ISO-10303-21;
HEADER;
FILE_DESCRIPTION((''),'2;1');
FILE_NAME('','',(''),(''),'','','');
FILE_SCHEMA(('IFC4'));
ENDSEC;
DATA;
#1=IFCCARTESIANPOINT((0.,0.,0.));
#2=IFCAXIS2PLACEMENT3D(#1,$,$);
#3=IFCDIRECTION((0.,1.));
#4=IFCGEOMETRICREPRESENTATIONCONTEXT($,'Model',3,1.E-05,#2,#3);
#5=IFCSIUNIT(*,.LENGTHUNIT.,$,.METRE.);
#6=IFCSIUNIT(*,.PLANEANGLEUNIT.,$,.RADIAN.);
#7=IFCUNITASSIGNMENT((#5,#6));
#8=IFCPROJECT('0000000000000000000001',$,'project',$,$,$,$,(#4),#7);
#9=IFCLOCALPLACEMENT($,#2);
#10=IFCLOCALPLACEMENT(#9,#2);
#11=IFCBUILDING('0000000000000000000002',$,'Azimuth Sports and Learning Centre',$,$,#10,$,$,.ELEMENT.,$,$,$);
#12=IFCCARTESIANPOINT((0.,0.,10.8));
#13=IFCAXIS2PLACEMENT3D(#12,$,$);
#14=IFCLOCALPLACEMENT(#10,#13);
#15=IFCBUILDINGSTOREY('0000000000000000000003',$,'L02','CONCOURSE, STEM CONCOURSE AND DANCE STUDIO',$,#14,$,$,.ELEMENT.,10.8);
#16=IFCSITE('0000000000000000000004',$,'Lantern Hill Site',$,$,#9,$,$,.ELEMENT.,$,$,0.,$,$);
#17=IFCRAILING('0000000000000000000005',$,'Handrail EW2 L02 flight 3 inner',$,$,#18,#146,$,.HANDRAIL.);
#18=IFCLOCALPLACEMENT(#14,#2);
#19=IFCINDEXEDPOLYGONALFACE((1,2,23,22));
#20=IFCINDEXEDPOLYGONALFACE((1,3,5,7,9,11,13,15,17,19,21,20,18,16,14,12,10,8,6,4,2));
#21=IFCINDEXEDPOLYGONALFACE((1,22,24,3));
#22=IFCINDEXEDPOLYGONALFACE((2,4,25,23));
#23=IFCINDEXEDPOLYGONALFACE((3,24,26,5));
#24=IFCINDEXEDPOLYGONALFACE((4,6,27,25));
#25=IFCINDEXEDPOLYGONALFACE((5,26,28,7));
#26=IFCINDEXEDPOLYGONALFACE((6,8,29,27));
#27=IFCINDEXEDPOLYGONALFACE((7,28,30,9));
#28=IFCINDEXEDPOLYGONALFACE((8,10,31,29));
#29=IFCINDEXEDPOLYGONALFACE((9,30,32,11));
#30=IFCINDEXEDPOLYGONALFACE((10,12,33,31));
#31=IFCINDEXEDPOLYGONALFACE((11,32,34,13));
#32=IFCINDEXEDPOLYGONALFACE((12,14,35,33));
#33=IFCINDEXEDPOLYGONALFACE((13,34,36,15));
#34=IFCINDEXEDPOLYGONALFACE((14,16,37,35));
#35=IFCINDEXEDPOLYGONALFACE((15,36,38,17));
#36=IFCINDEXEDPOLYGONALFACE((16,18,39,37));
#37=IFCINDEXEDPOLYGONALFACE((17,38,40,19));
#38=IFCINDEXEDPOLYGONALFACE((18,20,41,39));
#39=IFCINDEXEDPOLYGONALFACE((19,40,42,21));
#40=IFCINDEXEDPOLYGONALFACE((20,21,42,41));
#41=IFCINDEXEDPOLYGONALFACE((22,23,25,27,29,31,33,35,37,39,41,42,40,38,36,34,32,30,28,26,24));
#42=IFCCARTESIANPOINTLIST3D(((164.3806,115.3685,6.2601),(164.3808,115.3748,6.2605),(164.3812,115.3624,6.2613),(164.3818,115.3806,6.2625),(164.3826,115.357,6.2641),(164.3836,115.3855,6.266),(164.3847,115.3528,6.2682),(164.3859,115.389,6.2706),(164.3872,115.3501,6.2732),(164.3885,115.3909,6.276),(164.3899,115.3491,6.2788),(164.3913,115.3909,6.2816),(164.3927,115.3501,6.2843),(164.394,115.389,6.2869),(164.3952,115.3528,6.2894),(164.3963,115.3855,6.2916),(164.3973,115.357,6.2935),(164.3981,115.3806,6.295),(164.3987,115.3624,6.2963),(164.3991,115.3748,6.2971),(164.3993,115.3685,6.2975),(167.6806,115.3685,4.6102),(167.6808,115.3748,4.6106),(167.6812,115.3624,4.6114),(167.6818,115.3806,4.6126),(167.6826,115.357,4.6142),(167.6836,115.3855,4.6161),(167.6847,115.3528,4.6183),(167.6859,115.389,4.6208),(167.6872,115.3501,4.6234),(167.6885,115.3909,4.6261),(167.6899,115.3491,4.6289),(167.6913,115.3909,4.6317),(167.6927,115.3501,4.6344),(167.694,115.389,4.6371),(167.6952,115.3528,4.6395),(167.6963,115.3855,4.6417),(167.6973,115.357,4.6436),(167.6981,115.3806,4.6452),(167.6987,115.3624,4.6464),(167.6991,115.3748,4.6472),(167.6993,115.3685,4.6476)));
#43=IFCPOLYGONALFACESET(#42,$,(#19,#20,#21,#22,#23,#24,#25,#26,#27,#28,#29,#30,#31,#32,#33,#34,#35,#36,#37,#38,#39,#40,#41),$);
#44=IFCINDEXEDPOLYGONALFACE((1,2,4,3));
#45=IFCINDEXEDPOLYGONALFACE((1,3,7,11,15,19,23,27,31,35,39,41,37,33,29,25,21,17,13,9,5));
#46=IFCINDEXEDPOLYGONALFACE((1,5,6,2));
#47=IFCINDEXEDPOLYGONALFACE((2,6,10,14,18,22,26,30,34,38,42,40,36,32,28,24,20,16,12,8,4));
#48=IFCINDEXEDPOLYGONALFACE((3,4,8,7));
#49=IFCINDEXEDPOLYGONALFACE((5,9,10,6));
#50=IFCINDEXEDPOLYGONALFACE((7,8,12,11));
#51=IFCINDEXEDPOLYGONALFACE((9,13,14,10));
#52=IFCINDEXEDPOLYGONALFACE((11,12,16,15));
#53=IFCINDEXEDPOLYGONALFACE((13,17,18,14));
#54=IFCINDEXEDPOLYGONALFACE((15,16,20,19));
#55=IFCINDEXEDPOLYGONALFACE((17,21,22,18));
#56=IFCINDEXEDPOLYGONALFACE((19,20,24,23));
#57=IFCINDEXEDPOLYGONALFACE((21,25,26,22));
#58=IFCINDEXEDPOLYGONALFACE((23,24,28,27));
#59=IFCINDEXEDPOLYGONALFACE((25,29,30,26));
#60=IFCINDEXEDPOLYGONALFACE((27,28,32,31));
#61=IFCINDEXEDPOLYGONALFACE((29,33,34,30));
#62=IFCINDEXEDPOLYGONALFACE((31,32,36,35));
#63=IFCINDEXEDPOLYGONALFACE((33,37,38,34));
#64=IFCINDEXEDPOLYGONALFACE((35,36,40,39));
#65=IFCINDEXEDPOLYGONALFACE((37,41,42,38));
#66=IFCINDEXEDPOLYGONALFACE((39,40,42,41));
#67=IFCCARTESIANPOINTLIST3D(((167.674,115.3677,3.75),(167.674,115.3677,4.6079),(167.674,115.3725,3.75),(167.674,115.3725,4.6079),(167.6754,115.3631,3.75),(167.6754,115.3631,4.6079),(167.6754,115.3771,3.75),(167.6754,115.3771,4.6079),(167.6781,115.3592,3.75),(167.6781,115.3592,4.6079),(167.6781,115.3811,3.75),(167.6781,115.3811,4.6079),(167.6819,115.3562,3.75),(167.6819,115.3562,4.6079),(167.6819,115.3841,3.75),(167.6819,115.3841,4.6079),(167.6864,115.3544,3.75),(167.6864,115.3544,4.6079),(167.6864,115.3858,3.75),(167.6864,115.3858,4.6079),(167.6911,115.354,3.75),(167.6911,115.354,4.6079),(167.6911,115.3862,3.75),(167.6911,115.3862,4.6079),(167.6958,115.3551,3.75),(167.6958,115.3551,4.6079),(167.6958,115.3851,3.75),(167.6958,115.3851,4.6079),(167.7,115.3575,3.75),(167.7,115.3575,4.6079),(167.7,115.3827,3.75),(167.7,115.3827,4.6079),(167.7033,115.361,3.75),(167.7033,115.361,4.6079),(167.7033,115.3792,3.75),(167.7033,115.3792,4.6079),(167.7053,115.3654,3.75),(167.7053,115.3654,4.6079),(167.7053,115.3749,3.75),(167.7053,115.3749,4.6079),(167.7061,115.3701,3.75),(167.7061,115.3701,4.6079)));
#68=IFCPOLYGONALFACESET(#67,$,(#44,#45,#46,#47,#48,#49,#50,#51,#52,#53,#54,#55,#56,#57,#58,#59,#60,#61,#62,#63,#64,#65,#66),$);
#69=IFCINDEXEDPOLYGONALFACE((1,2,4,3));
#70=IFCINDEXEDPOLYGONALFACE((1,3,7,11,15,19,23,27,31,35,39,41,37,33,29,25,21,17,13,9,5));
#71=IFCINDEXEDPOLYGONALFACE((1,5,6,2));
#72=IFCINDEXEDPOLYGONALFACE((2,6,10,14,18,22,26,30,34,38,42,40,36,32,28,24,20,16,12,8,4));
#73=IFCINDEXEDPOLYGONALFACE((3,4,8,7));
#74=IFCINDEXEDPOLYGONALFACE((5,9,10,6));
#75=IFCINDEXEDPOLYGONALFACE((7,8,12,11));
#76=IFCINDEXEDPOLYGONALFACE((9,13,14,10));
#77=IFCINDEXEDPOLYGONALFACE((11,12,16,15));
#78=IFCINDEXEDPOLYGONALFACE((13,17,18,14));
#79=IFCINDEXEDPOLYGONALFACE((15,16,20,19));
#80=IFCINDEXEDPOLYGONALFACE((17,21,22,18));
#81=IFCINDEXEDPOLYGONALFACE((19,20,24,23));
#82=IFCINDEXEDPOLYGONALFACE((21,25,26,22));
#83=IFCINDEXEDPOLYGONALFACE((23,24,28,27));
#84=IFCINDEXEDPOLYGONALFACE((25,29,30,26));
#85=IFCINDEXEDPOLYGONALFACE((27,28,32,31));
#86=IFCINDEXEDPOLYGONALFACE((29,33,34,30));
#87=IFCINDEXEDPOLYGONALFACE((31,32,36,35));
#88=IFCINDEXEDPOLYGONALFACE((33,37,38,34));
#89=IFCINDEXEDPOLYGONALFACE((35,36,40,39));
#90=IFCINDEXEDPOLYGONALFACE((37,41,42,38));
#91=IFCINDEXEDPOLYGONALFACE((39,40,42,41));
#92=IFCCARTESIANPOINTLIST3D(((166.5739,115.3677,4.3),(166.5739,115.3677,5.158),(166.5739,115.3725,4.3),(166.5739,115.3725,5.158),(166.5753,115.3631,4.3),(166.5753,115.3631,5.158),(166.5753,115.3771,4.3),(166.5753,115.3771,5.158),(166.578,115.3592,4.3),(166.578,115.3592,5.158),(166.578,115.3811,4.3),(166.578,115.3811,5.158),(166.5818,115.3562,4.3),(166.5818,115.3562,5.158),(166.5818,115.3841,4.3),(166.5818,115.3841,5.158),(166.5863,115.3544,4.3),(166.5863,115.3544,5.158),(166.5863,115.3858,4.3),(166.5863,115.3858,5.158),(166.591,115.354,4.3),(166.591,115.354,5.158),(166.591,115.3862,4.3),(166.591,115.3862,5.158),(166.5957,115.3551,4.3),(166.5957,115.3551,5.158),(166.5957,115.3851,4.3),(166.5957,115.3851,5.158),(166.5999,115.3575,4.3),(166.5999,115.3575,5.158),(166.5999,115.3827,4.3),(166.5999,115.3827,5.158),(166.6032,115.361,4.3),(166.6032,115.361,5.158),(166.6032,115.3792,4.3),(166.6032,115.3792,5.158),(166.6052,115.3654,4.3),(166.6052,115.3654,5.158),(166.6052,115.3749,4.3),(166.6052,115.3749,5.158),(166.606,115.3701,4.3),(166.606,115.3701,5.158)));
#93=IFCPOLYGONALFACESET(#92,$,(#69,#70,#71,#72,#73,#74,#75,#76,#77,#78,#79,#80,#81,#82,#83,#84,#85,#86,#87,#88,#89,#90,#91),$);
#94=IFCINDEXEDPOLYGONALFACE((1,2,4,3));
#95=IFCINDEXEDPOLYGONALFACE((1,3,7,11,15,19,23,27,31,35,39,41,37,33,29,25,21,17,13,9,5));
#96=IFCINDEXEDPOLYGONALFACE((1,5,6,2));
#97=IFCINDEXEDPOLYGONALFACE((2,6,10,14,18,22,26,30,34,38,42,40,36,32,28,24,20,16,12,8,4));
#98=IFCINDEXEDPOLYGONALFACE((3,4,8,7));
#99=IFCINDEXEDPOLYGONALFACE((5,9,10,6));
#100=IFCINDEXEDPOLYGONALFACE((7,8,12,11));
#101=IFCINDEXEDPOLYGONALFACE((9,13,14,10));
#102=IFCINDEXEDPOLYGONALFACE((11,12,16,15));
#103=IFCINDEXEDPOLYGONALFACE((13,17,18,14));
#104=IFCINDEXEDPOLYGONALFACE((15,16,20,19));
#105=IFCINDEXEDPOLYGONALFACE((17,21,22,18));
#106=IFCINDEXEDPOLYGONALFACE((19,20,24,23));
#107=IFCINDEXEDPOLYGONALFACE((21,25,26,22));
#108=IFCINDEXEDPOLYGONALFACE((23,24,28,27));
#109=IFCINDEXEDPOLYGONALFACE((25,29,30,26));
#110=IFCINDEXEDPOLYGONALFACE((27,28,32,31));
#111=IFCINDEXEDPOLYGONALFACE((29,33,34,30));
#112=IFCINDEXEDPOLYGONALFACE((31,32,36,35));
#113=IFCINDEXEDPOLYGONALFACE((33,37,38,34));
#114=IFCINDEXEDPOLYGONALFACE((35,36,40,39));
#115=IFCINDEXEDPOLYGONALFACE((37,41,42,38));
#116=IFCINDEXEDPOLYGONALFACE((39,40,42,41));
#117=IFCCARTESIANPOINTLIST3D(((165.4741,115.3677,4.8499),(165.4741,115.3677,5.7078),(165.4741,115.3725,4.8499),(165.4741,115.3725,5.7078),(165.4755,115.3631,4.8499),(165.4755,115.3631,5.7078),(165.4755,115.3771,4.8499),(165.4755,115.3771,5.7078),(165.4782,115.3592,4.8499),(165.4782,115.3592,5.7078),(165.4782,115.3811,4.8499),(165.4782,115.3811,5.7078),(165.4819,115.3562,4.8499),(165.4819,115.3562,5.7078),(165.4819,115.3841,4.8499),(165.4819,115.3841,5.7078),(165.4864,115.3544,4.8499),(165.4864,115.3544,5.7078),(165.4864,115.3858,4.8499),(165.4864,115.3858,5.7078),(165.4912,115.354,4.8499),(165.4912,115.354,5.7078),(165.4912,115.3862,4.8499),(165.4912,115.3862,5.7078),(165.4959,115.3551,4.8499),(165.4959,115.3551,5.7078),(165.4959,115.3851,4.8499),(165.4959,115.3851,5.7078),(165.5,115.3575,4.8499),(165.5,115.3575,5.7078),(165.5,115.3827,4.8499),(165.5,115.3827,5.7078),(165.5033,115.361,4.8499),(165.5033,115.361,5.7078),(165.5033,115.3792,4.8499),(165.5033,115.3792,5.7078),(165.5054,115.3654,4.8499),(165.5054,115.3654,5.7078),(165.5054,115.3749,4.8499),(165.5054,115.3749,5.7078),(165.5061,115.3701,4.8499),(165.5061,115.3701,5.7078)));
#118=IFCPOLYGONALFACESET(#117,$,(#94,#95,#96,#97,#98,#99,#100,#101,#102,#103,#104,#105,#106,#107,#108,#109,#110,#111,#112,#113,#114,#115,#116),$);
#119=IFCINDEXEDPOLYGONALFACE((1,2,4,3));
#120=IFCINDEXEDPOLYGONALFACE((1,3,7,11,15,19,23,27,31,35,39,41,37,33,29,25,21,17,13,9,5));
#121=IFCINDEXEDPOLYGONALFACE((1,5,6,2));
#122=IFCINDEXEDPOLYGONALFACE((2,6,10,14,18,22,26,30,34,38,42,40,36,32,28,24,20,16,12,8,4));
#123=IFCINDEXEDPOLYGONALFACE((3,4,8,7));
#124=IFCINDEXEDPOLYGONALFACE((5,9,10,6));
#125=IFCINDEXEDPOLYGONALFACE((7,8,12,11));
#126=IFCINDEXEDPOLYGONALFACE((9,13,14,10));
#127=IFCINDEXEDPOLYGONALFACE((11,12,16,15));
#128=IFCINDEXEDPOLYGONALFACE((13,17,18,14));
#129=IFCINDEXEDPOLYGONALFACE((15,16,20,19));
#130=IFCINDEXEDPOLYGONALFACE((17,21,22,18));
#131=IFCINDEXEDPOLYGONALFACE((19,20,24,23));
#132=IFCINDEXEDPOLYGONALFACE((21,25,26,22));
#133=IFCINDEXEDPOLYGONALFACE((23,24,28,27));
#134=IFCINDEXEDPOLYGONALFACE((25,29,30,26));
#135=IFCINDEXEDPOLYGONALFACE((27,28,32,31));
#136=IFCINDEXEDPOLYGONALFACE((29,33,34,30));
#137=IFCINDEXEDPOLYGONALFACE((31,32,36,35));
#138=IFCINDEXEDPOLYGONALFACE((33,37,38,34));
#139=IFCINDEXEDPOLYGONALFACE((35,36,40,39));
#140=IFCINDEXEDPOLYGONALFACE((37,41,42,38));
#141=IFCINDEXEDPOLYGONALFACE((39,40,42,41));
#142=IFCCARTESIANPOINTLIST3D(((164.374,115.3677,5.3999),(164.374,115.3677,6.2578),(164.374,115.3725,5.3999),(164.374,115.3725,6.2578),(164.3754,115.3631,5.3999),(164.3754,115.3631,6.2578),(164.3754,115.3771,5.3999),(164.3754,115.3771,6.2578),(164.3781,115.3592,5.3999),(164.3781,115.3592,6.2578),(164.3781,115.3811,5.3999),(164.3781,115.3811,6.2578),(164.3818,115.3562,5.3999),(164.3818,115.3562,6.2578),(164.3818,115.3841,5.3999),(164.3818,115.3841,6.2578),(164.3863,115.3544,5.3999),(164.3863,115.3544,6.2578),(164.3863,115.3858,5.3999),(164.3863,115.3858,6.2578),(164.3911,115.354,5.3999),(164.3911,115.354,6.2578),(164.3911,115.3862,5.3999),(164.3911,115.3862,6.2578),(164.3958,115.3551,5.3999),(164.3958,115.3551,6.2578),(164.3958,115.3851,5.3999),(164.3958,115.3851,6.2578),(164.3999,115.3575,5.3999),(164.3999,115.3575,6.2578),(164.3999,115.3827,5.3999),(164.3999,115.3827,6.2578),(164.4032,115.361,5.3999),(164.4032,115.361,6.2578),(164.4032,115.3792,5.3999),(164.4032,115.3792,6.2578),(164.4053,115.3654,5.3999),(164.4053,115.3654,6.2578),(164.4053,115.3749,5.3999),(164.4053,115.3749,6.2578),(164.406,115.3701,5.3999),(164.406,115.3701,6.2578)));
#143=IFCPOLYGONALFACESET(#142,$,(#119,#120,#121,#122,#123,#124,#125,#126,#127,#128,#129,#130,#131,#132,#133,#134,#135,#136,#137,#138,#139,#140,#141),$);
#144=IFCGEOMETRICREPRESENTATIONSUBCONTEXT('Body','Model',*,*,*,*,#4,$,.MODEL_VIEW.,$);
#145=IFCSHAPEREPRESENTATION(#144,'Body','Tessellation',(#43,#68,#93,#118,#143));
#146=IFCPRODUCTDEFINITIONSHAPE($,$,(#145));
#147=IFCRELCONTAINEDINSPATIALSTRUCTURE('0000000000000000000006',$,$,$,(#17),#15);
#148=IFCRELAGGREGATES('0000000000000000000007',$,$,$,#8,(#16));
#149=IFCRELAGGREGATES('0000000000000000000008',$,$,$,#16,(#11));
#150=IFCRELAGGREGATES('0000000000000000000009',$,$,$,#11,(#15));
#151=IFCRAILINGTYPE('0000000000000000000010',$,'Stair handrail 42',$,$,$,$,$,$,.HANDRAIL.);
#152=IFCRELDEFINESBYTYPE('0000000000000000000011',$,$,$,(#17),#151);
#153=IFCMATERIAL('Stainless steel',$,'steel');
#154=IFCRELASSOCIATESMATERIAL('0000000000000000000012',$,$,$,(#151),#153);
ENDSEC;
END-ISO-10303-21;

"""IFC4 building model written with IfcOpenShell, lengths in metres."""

from ifc_helpers import new_model, si_unit, direction, frame, origin, origin_2d, place, context, subcontext, project, spatial, circle, extrude, material, type_object, element, save


model = new_model("IFC4")

# Units and contexts
model_context = context("Model", 3, precision=1e-05, world=origin(), true_north=direction((0.0, 1.0)))
body_context = subcontext(model_context, "Body", "Model", "MODEL_VIEW")
ifc_project = project(units=[si_unit("LENGTHUNIT", "METRE"), si_unit("PLANEANGLEUNIT", "RADIAN")], contexts=[model_context])

# Site, building, storey
site_placement = place(None, origin())
site = spatial("IfcSite", under=ifc_project, at=site_placement, Name="Lantern Hill Site", CompositionType="ELEMENT", RefElevation=0.0)
building_placement = place(site_placement, origin())
building = spatial("IfcBuilding", under=site, at=building_placement, Name="Azimuth Sports and Learning Centre", CompositionType="ELEMENT")
storey_placement = place(building_placement, frame((0.0, 0.0, 10.8)))
storey = spatial("IfcBuildingStorey", under=building, at=storey_placement, Name="L02", Description="CONCOURSE, STEM CONCOURSE AND DANCE STUDIO", CompositionType="ELEMENT", Elevation=10.8)

# Railing
ifc_material_1 = material(Name="Stainless steel", Category="steel")
railing_type_1 = type_object("IfcRailingType", Name="Stair handrail 42", PredefinedType="HANDRAIL", material=ifc_material_1)
for number, where, name in (
    (1, (167.6899, 115.3701, 3.75), "Handrail EW2 L02 flight 3 inner"),
):
    element("IfcRailing", number, at=place(storey_placement, frame(where)), inside=storey, type_object=railing_type_1, Name=name, PredefinedType="HANDRAIL", context=body_context, shape_type="SweptSolid", body=[
        extrude(circle(Radius=0.021, at=origin_2d()), frame((0.0, 0.0, 0.8789), z_axis=(-0.89444, 0.0, 0.447187), x_axis=(0.0, -1.0, 0.0)), (0.0, 0.0, 1.0), 3.6895),
        extrude(circle(Radius=0.0161, at=origin_2d()), origin(), (0.0, 0.0, 1.0), 0.8579),
        extrude(circle(Radius=0.0161, at=origin_2d()), frame((-1.1001, 0.0, 0.55)), (0.0, 0.0, 1.0), 0.8579),
        extrude(circle(Radius=0.0161, at=origin_2d()), frame((-2.2, 0.0, 1.0999)), (0.0, 0.0, 1.0), 0.8579),
        extrude(circle(Radius=0.0161, at=origin_2d()), frame((-3.3, 0.0, 1.6499)), (0.0, 0.0, 1.0), 0.8579),
    ])

save(model, "model.ifc")
